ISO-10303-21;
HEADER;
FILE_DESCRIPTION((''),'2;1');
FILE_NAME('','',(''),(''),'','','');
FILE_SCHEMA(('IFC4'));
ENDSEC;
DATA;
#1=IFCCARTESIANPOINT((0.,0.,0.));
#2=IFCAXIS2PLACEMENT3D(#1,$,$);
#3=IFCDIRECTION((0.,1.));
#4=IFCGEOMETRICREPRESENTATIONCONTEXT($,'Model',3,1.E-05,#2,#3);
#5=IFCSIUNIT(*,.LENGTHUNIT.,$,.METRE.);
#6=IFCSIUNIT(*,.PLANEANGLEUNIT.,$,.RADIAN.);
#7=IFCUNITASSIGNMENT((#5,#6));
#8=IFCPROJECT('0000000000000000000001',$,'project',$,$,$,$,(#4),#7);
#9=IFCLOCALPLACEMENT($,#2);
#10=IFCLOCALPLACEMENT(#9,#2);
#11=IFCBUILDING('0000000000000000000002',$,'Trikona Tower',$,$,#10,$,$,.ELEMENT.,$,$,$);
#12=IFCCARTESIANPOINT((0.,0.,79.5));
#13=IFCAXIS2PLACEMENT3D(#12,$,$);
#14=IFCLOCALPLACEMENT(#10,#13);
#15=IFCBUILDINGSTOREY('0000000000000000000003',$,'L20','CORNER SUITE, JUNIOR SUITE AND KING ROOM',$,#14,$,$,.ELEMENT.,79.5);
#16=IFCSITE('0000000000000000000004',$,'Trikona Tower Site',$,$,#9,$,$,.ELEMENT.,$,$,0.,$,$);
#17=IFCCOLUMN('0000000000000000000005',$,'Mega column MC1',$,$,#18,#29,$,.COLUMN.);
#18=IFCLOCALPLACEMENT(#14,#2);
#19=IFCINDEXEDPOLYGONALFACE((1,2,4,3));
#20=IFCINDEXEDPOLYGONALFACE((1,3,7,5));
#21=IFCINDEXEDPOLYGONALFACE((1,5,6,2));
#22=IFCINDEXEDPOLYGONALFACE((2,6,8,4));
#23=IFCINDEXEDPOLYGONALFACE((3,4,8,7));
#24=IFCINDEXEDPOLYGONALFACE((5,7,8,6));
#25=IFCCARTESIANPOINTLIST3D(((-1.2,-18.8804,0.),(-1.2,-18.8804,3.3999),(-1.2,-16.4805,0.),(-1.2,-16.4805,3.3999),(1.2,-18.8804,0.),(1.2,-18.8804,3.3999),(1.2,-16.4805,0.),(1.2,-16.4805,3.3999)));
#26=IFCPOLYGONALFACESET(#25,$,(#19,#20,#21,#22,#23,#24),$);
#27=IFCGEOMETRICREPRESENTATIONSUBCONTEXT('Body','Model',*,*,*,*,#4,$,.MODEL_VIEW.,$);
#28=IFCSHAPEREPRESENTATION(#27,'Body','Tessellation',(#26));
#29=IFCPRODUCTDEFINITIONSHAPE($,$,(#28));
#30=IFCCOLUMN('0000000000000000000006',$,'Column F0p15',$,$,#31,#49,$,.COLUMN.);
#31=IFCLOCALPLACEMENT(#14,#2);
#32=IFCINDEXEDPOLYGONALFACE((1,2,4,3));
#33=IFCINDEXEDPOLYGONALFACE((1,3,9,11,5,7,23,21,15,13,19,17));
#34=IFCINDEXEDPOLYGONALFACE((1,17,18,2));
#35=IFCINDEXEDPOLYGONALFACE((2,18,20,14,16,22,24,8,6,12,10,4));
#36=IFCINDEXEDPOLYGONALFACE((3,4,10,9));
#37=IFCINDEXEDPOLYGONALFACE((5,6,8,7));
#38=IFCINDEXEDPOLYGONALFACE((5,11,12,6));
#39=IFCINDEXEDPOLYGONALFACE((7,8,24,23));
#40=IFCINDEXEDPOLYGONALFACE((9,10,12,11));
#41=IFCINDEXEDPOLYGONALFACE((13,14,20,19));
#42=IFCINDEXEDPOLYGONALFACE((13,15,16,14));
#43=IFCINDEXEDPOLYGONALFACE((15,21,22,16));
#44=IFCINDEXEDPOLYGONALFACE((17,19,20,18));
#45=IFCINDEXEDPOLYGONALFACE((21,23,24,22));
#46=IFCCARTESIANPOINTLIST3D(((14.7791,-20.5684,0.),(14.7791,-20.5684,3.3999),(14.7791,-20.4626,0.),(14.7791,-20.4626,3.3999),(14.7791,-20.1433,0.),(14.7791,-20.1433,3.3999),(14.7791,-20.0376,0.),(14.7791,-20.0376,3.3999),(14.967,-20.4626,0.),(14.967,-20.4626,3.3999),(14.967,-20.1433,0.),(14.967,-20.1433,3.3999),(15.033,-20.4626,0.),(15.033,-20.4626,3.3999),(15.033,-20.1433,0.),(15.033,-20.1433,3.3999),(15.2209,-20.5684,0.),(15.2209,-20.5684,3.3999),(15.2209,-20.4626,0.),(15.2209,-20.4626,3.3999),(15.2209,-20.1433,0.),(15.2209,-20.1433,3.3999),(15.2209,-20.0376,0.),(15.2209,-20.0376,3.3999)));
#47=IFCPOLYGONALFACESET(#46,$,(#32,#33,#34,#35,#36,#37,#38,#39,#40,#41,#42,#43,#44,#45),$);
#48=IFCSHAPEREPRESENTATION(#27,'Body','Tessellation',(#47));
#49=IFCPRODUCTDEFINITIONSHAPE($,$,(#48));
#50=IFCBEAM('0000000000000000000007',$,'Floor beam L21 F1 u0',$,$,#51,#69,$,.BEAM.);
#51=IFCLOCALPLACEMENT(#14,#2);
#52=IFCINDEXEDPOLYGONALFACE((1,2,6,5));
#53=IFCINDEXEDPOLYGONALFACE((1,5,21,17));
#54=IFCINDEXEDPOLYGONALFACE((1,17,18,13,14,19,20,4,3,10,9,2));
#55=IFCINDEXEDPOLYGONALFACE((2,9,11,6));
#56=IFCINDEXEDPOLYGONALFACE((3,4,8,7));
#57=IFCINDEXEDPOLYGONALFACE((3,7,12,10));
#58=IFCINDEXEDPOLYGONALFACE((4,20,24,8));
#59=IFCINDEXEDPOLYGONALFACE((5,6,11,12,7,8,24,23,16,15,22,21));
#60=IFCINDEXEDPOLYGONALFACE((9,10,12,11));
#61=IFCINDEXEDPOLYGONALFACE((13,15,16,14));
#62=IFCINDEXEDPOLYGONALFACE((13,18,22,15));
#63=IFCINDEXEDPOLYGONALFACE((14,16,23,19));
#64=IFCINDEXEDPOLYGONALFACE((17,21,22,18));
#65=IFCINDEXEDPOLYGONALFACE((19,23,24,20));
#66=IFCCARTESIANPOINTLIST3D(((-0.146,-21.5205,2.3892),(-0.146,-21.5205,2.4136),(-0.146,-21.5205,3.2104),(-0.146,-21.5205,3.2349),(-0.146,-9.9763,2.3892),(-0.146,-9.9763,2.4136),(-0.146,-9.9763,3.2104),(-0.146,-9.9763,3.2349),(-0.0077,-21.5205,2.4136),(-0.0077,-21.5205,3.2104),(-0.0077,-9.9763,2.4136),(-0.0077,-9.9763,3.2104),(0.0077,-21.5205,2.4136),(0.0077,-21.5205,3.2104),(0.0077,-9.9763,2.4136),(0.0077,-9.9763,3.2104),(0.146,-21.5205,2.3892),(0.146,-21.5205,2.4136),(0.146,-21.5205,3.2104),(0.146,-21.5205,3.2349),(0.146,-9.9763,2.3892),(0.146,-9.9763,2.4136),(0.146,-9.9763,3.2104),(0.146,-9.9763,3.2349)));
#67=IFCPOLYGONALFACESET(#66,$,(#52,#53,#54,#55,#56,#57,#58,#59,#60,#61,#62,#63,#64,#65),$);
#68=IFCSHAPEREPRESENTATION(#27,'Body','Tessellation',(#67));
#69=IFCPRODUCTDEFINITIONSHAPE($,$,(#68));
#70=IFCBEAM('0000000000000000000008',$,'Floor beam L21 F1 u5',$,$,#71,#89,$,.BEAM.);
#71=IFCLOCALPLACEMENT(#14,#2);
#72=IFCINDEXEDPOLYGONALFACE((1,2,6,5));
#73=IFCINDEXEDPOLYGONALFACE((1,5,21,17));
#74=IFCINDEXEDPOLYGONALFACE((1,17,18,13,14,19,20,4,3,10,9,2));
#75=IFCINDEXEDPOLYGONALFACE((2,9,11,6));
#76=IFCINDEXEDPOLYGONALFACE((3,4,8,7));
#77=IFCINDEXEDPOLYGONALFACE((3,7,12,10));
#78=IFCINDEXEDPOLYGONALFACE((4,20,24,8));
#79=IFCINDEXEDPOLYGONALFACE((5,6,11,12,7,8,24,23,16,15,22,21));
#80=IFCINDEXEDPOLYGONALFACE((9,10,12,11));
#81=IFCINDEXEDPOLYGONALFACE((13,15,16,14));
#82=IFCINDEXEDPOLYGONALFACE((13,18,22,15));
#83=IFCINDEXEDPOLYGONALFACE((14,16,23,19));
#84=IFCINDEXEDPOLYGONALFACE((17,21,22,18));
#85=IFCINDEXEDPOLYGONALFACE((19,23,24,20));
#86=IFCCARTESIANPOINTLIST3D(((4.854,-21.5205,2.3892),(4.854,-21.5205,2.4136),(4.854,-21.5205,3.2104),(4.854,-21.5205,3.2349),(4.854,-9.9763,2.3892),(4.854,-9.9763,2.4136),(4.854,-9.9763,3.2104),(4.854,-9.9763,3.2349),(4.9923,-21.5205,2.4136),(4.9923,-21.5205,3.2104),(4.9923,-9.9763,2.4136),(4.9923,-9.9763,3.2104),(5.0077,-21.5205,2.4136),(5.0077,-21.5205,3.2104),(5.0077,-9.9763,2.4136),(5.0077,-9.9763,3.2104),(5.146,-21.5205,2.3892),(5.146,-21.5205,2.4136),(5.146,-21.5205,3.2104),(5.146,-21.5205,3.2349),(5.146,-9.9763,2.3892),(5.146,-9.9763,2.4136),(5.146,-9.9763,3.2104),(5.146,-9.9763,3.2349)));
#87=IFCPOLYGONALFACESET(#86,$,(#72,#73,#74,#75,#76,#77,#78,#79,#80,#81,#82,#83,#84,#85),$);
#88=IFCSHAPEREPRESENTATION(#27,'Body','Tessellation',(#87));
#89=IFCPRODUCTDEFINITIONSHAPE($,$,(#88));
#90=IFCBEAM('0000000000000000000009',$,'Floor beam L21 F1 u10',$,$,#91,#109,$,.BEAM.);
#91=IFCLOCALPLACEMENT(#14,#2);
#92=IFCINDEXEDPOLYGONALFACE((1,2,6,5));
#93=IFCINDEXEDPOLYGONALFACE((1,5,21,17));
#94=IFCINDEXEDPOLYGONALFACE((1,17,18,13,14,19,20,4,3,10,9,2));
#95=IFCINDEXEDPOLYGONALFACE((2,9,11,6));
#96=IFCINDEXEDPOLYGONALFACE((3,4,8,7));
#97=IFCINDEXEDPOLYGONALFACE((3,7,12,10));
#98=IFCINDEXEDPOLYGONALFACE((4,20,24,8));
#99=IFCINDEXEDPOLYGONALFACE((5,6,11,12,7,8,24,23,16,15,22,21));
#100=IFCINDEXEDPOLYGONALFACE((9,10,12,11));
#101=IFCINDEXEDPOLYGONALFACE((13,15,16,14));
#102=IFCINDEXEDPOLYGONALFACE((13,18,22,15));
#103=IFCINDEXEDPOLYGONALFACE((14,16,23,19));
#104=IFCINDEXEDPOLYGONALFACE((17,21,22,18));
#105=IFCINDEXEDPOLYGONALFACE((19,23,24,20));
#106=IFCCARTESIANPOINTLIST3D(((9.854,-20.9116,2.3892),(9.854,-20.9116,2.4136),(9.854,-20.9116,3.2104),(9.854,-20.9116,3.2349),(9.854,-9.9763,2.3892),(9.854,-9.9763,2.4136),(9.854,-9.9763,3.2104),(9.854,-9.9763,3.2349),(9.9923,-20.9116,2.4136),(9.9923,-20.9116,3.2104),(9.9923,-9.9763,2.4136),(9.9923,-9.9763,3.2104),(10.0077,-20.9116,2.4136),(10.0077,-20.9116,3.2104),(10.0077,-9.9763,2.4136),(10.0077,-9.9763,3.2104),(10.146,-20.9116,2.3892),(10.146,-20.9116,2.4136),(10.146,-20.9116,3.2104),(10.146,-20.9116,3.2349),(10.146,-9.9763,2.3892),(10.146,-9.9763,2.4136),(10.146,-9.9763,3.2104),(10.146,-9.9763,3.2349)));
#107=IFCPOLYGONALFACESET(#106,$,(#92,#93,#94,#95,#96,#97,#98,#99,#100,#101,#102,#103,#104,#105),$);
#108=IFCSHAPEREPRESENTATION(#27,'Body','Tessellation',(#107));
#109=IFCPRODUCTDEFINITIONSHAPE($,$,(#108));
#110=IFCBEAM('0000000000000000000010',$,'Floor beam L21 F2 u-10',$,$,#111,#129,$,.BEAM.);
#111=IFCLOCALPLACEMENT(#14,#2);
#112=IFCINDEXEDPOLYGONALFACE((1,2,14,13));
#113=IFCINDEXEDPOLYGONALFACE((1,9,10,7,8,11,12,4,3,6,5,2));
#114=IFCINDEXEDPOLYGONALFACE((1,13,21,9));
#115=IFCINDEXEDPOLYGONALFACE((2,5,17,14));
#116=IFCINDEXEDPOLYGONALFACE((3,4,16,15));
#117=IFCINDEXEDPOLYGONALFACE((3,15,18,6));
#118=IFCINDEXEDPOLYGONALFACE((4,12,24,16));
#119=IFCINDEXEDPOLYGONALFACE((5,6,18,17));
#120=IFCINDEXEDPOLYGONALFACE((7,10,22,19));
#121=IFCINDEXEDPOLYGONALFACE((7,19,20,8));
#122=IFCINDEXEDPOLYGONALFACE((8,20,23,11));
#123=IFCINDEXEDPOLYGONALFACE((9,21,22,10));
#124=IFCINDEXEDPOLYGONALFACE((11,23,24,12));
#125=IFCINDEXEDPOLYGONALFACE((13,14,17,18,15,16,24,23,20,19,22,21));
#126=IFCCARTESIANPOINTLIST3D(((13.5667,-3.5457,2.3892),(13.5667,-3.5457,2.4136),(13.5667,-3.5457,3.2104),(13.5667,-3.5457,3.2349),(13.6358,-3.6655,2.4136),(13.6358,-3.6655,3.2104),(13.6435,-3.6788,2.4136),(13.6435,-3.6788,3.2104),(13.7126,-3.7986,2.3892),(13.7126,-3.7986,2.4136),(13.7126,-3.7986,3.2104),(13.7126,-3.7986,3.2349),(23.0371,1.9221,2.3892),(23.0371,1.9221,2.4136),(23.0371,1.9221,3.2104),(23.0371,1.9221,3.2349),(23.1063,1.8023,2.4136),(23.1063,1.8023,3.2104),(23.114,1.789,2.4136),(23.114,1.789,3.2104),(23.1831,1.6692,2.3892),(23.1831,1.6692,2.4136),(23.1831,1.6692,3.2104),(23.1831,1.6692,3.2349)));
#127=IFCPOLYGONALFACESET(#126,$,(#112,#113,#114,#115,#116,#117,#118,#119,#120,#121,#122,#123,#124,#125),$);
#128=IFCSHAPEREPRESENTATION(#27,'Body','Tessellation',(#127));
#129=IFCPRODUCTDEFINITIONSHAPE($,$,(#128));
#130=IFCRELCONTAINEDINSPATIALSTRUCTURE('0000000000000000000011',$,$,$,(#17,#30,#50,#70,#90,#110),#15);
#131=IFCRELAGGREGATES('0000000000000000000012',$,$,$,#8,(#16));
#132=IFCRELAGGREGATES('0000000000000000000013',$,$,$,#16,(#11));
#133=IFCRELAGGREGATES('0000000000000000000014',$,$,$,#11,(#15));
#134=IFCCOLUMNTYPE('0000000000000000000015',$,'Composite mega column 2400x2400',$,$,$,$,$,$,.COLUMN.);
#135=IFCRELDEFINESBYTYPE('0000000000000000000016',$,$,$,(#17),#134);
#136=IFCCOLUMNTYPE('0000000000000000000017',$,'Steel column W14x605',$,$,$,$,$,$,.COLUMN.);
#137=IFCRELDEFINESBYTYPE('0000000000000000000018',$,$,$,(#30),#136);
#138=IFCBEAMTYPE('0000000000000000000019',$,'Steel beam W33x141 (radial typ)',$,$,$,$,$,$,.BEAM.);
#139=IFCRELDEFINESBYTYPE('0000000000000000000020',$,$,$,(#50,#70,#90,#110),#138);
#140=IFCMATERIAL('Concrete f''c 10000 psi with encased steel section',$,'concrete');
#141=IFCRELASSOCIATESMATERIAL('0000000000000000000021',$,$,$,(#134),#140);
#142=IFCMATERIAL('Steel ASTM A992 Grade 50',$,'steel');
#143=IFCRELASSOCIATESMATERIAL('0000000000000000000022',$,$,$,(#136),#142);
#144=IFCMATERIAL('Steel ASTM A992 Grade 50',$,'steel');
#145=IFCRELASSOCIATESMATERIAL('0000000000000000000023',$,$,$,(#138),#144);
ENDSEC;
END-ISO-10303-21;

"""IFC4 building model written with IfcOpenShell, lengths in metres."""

from ifc_helpers import new_model, si_unit, direction, frame, origin, origin_2d, place, context, subcontext, project, spatial, rectangle, i_section, extrude, material, material_profile, profile_set, type_object, element, save


model = new_model("IFC4")

# Units and contexts
model_context = context("Model", 3, precision=1e-05, world=origin(), true_north=direction((0.0, 1.0)))
body_context = subcontext(model_context, "Body", "Model", "MODEL_VIEW")
ifc_project = project(units=[si_unit("LENGTHUNIT", "METRE"), si_unit("PLANEANGLEUNIT", "RADIAN")], contexts=[model_context])

# Site, building, storey
site_placement = place(None, origin())
site = spatial("IfcSite", under=ifc_project, at=site_placement, Name="Trikona Tower Site", CompositionType="ELEMENT", RefElevation=0.0)
building_placement = place(site_placement, origin())
building = spatial("IfcBuilding", under=site, at=building_placement, Name="Trikona Tower", CompositionType="ELEMENT")
storey_placement = place(building_placement, frame((0.0, 0.0, 79.5)))
storey = spatial("IfcBuildingStorey", under=building, at=storey_placement, Name="L20", Description="CORNER SUITE, JUNIOR SUITE AND KING ROOM", CompositionType="ELEMENT", Elevation=79.5)

# Columns
ifc_material_1 = material(Name="Concrete f'c 10000 psi with encased steel section", Category="concrete")
ifc_material_profile_1 = material_profile(ifc_material_1, rectangle(XDim=2.3999, YDim=2.3999, at=origin_2d()), Name="MC2400")
ifc_profile_set_1 = profile_set([ifc_material_profile_1], Name="Concrete f'c 10000 psi with encased steel section")
column_type_1 = type_object("IfcColumnType", Name="Composite mega column 2400x2400", PredefinedType="COLUMN", material=ifc_profile_set_1)
column_1_placement = place(storey_placement, frame((0.0, -17.6804, 0.0), z_axis=(0.0, 0.0, 1.0), x_axis=(0.0, -1.0, 0.0)))
element("IfcColumn", 1, at=column_1_placement, inside=storey, type_object=column_type_1, Name="Mega column MC1", PredefinedType="COLUMN", context=body_context, shape_type="SweptSolid", body=[
    extrude(rectangle(XDim=2.3999, YDim=2.3999, at=origin_2d()), origin(), (0.0, 0.0, 1.0), 3.3999),
])
ifc_material_2 = material(Name="Steel ASTM A992 Grade 50", Category="steel")
ifc_material_profile_2 = material_profile(ifc_material_2, i_section(OverallWidth=0.4419, OverallDepth=0.5308, WebThickness=0.0659, FlangeThickness=0.1057, at=origin_2d()), Name="W14X605")
ifc_profile_set_2 = profile_set([ifc_material_profile_2], Name="Steel ASTM A992 Grade 50")
column_type_2 = type_object("IfcColumnType", Name="Steel column W14x605", PredefinedType="COLUMN", material=ifc_profile_set_2)
column_2_placement = place(storey_placement, frame((15.0, -20.303, 0.0), z_axis=(0.0, 0.0, 1.0), x_axis=(1.0, 0.0, 0.0)))
element("IfcColumn", 2, at=column_2_placement, inside=storey, type_object=column_type_2, Name="Column F0p15", PredefinedType="COLUMN", context=body_context, shape_type="SweptSolid", body=[
    extrude(i_section(OverallWidth=0.4419, OverallDepth=0.5308, WebThickness=0.0659, FlangeThickness=0.1057, at=origin_2d()), origin(), (0.0, 0.0, 1.0), 3.3999),
])

# Beams
ifc_material_3 = material(Name="Steel ASTM A992 Grade 50", Category="steel")
ifc_material_profile_3 = material_profile(ifc_material_3, i_section(OverallWidth=0.292, OverallDepth=0.8457, WebThickness=0.0154, FlangeThickness=0.0244, at=origin_2d()), Name="W33X141")
ifc_profile_set_3 = profile_set([ifc_material_profile_3], Name="Steel ASTM A992 Grade 50")
beam_type = type_object("IfcBeamType", Name="Steel beam W33x141 (radial typ)", PredefinedType="BEAM", material=ifc_profile_set_3)
for number, where, z_axis, x_axis, name in (
    (3, (0.0, -9.9763, 2.812), (0.0, -1.0, 0.0), (1.0, 0.0, 0.0), "Floor beam L21 F1 u0"),
    (4, (5.0, -9.9763, 2.812), (0.0, -1.0, 0.0), (1.0, 0.0, 0.0), "Floor beam L21 F1 u5"),
):
    element("IfcBeam", number, at=place(storey_placement, frame(where, z_axis=z_axis, x_axis=x_axis)), inside=storey, type_object=beam_type, Name=name, PredefinedType="BEAM", context=body_context, shape_type="SweptSolid", body=[
        extrude(i_section(OverallWidth=0.292, OverallDepth=0.8457, WebThickness=0.0154, FlangeThickness=0.0244, at=origin_2d()), origin(), (0.0, 0.0, 1.0), 11.5442),
    ])
beam_1_placement = place(storey_placement, frame((10.0, -9.9763, 2.812), z_axis=(0.0, -1.0, 0.0), x_axis=(1.0, 0.0, 0.0)))
element("IfcBeam", 5, at=beam_1_placement, inside=storey, type_object=beam_type, Name="Floor beam L21 F1 u10", PredefinedType="BEAM", context=body_context, shape_type="SweptSolid", body=[
    extrude(i_section(OverallWidth=0.292, OverallDepth=0.8457, WebThickness=0.0154, FlangeThickness=0.0244, at=origin_2d()), origin(), (0.0, 0.0, 1.0), 10.9353),
])
beam_2_placement = place(storey_placement, frame((13.6396, -3.6721, 2.812), z_axis=(0.866025, 0.5, 0.0), x_axis=(-0.5, 0.866025, 0.0)))
element("IfcBeam", 6, at=beam_2_placement, inside=storey, type_object=beam_type, Name="Floor beam L21 F2 u-10", PredefinedType="BEAM", context=body_context, shape_type="SweptSolid", body=[
    extrude(i_section(OverallWidth=0.292, OverallDepth=0.8457, WebThickness=0.0154, FlangeThickness=0.0244, at=origin_2d()), origin(), (0.0, 0.0, 1.0), 10.9355),
])

save(model, "model.ifc")
